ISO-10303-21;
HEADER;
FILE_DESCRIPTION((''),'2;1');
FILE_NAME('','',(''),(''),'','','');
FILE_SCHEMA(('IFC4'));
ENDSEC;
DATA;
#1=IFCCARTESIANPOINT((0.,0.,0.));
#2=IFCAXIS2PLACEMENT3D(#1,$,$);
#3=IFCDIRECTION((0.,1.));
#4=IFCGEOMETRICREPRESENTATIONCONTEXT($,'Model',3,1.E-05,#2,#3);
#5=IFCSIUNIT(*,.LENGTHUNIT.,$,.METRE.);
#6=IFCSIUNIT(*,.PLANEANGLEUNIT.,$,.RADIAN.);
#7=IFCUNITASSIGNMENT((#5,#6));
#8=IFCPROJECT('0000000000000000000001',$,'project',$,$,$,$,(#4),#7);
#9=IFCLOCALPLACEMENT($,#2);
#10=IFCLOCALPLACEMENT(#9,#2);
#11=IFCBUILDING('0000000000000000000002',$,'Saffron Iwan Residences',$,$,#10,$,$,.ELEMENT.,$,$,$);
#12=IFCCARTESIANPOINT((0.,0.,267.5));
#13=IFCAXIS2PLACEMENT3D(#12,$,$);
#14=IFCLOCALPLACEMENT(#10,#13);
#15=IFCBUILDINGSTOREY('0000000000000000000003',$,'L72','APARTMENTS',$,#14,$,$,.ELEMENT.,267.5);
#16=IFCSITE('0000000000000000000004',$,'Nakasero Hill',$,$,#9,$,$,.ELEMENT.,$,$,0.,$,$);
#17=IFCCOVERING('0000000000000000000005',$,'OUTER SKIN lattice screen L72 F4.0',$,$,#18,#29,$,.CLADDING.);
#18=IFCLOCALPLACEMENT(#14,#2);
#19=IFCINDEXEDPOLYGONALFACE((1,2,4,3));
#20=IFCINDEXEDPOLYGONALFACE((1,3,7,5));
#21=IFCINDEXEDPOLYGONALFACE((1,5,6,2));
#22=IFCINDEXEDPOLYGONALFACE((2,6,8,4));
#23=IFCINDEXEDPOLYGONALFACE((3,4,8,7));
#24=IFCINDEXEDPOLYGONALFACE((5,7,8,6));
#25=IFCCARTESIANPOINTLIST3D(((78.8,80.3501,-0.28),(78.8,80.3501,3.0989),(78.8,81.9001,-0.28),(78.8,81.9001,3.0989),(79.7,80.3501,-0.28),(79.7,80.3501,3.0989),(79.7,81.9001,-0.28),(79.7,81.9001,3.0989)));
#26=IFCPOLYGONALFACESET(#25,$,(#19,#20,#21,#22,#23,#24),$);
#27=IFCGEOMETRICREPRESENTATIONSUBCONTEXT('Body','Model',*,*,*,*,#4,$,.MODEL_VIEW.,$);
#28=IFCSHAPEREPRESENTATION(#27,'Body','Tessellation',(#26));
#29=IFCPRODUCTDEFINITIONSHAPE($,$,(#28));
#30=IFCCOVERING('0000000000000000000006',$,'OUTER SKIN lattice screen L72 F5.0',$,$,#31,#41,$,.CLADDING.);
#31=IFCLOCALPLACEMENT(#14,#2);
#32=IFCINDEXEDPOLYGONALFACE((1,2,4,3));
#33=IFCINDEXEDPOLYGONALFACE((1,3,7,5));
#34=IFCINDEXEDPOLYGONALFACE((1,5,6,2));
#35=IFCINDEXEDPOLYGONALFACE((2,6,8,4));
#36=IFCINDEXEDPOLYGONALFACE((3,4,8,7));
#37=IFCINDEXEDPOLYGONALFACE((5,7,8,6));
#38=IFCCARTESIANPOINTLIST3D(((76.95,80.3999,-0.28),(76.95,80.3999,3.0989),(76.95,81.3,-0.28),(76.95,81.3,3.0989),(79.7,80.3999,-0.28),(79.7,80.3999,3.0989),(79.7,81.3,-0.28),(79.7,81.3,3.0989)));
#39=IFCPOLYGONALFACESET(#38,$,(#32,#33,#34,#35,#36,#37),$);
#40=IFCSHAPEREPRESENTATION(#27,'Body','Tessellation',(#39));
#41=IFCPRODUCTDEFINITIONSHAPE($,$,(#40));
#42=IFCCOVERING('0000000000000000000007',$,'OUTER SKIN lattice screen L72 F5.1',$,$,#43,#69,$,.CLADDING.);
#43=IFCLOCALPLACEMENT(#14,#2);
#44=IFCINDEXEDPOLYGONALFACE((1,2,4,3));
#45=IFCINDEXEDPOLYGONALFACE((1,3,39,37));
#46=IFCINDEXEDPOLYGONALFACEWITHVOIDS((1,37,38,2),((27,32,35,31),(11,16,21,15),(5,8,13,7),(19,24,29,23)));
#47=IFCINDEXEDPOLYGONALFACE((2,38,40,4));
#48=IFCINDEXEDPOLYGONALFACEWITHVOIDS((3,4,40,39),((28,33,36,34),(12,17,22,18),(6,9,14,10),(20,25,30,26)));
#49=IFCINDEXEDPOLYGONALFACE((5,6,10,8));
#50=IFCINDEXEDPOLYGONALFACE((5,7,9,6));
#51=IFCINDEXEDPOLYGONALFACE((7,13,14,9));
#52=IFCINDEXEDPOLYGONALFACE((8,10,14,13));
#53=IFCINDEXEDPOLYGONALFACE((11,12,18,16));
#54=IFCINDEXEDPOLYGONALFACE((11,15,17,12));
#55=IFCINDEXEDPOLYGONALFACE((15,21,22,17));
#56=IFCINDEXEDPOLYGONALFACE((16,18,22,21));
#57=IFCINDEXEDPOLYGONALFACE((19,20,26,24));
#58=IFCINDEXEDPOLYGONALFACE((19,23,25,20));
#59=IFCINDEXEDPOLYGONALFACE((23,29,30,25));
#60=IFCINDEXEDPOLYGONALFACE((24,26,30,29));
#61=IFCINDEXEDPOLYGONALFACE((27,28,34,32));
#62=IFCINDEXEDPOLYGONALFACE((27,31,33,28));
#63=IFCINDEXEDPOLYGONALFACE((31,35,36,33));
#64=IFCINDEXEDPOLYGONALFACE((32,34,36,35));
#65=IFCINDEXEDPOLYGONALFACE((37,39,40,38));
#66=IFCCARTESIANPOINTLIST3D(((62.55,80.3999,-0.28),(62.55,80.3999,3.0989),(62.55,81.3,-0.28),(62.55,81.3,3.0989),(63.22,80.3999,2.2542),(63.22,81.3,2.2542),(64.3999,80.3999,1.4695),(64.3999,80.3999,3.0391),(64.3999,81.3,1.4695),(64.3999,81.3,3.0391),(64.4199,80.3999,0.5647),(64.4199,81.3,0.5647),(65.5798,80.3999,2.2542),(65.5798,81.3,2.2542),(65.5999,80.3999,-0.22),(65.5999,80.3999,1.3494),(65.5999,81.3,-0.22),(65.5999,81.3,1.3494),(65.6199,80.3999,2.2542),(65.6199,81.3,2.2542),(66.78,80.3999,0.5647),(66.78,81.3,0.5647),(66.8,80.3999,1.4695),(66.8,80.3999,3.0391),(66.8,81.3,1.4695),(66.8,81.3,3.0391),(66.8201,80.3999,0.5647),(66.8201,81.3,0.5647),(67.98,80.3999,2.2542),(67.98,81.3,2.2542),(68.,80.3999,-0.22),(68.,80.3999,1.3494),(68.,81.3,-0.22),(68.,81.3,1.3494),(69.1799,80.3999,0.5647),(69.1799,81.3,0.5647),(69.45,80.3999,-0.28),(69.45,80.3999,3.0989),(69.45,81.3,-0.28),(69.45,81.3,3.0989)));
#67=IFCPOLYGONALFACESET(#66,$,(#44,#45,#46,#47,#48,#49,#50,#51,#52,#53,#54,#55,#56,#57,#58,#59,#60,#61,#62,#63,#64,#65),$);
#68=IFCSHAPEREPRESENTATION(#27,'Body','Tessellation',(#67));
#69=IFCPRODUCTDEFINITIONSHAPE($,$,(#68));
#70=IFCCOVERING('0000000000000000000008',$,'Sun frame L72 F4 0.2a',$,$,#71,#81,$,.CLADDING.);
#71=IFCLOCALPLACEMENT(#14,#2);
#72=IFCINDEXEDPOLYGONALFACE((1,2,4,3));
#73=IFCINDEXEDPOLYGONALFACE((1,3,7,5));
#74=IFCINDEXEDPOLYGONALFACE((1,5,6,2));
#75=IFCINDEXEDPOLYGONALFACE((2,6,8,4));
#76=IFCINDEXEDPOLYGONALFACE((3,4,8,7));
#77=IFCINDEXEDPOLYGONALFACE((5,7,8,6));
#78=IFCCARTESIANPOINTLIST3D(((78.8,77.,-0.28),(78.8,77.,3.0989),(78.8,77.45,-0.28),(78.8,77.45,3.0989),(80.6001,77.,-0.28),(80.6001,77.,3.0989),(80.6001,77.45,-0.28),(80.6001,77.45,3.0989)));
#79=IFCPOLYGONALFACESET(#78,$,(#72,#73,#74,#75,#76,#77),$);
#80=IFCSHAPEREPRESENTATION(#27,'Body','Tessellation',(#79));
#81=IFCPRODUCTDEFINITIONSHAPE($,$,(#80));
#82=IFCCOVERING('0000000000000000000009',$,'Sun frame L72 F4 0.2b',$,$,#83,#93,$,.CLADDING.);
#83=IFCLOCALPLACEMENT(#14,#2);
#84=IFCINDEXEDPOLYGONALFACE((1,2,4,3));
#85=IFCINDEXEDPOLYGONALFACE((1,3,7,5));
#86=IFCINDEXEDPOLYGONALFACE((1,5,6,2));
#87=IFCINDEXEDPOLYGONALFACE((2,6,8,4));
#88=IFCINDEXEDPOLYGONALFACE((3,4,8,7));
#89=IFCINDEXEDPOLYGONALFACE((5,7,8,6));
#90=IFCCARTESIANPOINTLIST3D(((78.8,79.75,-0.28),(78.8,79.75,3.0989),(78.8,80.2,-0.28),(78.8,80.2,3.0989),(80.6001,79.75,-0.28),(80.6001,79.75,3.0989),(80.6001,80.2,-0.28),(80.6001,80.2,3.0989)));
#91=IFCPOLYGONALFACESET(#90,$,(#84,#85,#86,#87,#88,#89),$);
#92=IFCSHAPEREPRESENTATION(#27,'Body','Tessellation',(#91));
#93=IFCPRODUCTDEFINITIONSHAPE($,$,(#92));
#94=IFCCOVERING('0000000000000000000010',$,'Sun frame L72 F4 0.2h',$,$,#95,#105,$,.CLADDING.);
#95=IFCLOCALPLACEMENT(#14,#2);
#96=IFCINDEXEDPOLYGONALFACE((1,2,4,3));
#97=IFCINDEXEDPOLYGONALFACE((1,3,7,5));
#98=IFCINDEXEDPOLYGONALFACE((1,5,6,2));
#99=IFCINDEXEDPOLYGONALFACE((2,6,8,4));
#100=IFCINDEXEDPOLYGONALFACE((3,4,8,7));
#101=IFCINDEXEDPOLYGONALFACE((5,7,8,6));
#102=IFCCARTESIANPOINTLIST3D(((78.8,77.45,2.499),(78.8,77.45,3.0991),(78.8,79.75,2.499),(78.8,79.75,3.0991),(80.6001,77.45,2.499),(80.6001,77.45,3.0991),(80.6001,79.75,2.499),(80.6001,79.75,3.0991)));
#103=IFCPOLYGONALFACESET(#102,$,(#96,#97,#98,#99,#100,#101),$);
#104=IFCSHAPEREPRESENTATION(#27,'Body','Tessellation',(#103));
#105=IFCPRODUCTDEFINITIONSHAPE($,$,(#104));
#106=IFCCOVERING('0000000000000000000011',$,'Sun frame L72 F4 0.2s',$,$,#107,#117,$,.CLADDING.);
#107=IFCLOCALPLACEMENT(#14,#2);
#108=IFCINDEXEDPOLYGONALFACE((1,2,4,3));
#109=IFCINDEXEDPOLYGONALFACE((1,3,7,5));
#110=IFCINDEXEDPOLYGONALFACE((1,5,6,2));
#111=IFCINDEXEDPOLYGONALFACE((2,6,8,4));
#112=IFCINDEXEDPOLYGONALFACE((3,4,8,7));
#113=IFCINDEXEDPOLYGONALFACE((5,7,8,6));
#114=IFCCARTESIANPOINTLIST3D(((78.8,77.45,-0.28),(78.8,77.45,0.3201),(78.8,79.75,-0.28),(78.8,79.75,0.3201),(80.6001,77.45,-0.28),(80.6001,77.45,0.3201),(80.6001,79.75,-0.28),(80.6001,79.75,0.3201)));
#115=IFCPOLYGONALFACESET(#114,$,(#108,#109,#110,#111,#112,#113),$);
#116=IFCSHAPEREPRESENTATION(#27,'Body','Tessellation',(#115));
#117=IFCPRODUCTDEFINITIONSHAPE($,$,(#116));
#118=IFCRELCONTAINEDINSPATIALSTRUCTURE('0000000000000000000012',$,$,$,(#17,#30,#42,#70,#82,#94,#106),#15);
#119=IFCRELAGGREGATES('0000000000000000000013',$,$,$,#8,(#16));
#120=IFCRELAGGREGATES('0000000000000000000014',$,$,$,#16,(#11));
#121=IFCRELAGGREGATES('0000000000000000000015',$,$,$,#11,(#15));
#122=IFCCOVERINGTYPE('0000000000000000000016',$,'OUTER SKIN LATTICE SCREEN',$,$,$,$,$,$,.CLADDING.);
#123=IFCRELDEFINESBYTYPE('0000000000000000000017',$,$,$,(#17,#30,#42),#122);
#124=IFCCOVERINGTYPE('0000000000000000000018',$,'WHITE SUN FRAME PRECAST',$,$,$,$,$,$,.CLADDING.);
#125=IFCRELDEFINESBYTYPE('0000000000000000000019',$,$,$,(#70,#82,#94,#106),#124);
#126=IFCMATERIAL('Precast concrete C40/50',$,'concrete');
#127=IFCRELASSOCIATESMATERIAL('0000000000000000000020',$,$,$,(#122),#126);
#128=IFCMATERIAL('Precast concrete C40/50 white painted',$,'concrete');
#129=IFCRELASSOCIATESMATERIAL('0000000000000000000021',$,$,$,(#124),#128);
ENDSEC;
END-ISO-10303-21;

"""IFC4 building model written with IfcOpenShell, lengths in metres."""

from ifc_helpers import new_model, si_unit, direction, frame, origin, place, context, subcontext, project, spatial, polyline, outline, extrude, material, type_object, element, save


model = new_model("IFC4")

# Units and contexts
model_context = context("Model", 3, precision=1e-05, world=origin(), true_north=direction((0.0, 1.0)))
body_context = subcontext(model_context, "Body", "Model", "MODEL_VIEW")
ifc_project = project(units=[si_unit("LENGTHUNIT", "METRE"), si_unit("PLANEANGLEUNIT", "RADIAN")], contexts=[model_context])

# Site, building, storey
site_placement = place(None, origin())
site = spatial("IfcSite", under=ifc_project, at=site_placement, Name="Nakasero Hill", CompositionType="ELEMENT", RefElevation=0.0)
building_placement = place(site_placement, origin())
building = spatial("IfcBuilding", under=site, at=building_placement, Name="Saffron Iwan Residences", CompositionType="ELEMENT")
storey_placement = place(building_placement, frame((0.0, 0.0, 267.5)))
storey = spatial("IfcBuildingStorey", under=building, at=storey_placement, Name="L72", Description="APARTMENTS", CompositionType="ELEMENT", Elevation=267.5)

# Coverings
ifc_material_1 = material(Name="Precast concrete C40/50", Category="concrete")
covering_type_1 = type_object("IfcCoveringType", Name="OUTER SKIN LATTICE SCREEN", PredefinedType="CLADDING", material=ifc_material_1)
covering_1_placement = place(storey_placement, frame((78.8, 80.3501, -0.28), z_axis=(1.0, 0.0, 0.0), x_axis=(0.0, 1.0, 0.0)))
element("IfcCovering", 1, at=covering_1_placement, inside=storey, type_object=covering_type_1, Name="OUTER SKIN lattice screen L72 F4.0", PredefinedType="CLADDING", context=body_context, shape_type="SweptSolid", body=[
    extrude(outline(polyline([(0.0, 0.0), (1.55, 0.0), (1.55, 3.3789), (0.0, 3.3789), (0.0, 0.0)])), origin(), (0.0, 0.0, 1.0), 0.8999),
])
covering_2_placement = place(storey_placement, frame((79.7, 80.3999, -0.28), z_axis=(0.0, 1.0, 0.0), x_axis=(-1.0, 0.0, 0.0)))
element("IfcCovering", 2, at=covering_2_placement, inside=storey, type_object=covering_type_1, Name="OUTER SKIN lattice screen L72 F5.0", PredefinedType="CLADDING", context=body_context, shape_type="SweptSolid", body=[
    extrude(outline(polyline([(0.0, 0.0), (2.75, 0.0), (2.75, 3.3789), (0.0, 3.3789), (0.0, 0.0)])), origin(), (0.0, 0.0, 1.0), 0.9001),
])
covering_3_placement = place(storey_placement, frame((69.45, 80.3999, -0.28), z_axis=(0.0, 1.0, 0.0), x_axis=(-1.0, 0.0, 0.0)))
element("IfcCovering", 3, at=covering_3_placement, inside=storey, type_object=covering_type_1, Name="OUTER SKIN lattice screen L72 F5.1", PredefinedType="CLADDING", context=body_context, shape_type="SweptSolid", body=[
    extrude(outline(polyline([(0.0, 0.0), (6.8999, 0.0), (6.8999, 3.3789), (0.0, 3.3789), (0.0, 0.0)]), holes=[polyline([(0.27, 0.8447), (1.45, 0.0601), (2.6299, 0.8447), (1.45, 1.6294), (0.27, 0.8447)]), polyline([(2.6699, 0.8447), (3.8501, 0.0601), (5.03, 0.8447), (3.8501, 1.6294), (2.6699, 0.8447)]), polyline([(1.47, 2.5342), (2.6499, 1.7495), (3.8301, 2.5342), (2.6499, 3.3191), (1.47, 2.5342)]), polyline([(3.8701, 2.5342), (5.05, 1.7495), (6.23, 2.5342), (5.05, 3.3191), (3.8701, 2.5342)])]), origin(), (0.0, 0.0, 1.0), 0.9001),
])
ifc_material_2 = material(Name="Precast concrete C40/50 white painted", Category="concrete")
covering_type_2 = type_object("IfcCoveringType", Name="WHITE SUN FRAME PRECAST", PredefinedType="CLADDING", material=ifc_material_2)
for number, where, z_axis, x_axis, name in (
    (4, (78.8, 77.0, -0.28), (1.0, 0.0, 0.0), (0.0, 1.0, 0.0), "Sun frame L72 F4 0.2a"),
    (5, (78.8, 79.75, -0.28), (1.0, 0.0, 0.0), (0.0, 1.0, 0.0), "Sun frame L72 F4 0.2b"),
):
    element("IfcCovering", number, at=place(storey_placement, frame(where, z_axis=z_axis, x_axis=x_axis)), inside=storey, type_object=covering_type_2, Name=name, PredefinedType="CLADDING", context=body_context, shape_type="SweptSolid", body=[
        extrude(outline(polyline([(0.0, 0.0), (0.45, 0.0), (0.45, 3.3789), (0.0, 3.3789), (0.0, 0.0)])), origin(), (0.0, 0.0, 1.0), 1.8),
    ])
for number, where, z_axis, x_axis, name in (
    (6, (78.8, 77.45, 2.499), (1.0, 0.0, 0.0), (0.0, 1.0, 0.0), "Sun frame L72 F4 0.2h"),
    (7, (78.8, 77.45, -0.28), (1.0, 0.0, 0.0), (0.0, 1.0, 0.0), "Sun frame L72 F4 0.2s"),
):
    element("IfcCovering", number, at=place(storey_placement, frame(where, z_axis=z_axis, x_axis=x_axis)), inside=storey, type_object=covering_type_2, Name=name, PredefinedType="CLADDING", context=body_context, shape_type="SweptSolid", body=[
        extrude(outline(polyline([(0.0, 0.0), (2.3, 0.0), (2.3, 0.6001), (0.0, 0.6001), (0.0, 0.0)])), origin(), (0.0, 0.0, 1.0), 1.8),
    ])

save(model, "model.ifc")
